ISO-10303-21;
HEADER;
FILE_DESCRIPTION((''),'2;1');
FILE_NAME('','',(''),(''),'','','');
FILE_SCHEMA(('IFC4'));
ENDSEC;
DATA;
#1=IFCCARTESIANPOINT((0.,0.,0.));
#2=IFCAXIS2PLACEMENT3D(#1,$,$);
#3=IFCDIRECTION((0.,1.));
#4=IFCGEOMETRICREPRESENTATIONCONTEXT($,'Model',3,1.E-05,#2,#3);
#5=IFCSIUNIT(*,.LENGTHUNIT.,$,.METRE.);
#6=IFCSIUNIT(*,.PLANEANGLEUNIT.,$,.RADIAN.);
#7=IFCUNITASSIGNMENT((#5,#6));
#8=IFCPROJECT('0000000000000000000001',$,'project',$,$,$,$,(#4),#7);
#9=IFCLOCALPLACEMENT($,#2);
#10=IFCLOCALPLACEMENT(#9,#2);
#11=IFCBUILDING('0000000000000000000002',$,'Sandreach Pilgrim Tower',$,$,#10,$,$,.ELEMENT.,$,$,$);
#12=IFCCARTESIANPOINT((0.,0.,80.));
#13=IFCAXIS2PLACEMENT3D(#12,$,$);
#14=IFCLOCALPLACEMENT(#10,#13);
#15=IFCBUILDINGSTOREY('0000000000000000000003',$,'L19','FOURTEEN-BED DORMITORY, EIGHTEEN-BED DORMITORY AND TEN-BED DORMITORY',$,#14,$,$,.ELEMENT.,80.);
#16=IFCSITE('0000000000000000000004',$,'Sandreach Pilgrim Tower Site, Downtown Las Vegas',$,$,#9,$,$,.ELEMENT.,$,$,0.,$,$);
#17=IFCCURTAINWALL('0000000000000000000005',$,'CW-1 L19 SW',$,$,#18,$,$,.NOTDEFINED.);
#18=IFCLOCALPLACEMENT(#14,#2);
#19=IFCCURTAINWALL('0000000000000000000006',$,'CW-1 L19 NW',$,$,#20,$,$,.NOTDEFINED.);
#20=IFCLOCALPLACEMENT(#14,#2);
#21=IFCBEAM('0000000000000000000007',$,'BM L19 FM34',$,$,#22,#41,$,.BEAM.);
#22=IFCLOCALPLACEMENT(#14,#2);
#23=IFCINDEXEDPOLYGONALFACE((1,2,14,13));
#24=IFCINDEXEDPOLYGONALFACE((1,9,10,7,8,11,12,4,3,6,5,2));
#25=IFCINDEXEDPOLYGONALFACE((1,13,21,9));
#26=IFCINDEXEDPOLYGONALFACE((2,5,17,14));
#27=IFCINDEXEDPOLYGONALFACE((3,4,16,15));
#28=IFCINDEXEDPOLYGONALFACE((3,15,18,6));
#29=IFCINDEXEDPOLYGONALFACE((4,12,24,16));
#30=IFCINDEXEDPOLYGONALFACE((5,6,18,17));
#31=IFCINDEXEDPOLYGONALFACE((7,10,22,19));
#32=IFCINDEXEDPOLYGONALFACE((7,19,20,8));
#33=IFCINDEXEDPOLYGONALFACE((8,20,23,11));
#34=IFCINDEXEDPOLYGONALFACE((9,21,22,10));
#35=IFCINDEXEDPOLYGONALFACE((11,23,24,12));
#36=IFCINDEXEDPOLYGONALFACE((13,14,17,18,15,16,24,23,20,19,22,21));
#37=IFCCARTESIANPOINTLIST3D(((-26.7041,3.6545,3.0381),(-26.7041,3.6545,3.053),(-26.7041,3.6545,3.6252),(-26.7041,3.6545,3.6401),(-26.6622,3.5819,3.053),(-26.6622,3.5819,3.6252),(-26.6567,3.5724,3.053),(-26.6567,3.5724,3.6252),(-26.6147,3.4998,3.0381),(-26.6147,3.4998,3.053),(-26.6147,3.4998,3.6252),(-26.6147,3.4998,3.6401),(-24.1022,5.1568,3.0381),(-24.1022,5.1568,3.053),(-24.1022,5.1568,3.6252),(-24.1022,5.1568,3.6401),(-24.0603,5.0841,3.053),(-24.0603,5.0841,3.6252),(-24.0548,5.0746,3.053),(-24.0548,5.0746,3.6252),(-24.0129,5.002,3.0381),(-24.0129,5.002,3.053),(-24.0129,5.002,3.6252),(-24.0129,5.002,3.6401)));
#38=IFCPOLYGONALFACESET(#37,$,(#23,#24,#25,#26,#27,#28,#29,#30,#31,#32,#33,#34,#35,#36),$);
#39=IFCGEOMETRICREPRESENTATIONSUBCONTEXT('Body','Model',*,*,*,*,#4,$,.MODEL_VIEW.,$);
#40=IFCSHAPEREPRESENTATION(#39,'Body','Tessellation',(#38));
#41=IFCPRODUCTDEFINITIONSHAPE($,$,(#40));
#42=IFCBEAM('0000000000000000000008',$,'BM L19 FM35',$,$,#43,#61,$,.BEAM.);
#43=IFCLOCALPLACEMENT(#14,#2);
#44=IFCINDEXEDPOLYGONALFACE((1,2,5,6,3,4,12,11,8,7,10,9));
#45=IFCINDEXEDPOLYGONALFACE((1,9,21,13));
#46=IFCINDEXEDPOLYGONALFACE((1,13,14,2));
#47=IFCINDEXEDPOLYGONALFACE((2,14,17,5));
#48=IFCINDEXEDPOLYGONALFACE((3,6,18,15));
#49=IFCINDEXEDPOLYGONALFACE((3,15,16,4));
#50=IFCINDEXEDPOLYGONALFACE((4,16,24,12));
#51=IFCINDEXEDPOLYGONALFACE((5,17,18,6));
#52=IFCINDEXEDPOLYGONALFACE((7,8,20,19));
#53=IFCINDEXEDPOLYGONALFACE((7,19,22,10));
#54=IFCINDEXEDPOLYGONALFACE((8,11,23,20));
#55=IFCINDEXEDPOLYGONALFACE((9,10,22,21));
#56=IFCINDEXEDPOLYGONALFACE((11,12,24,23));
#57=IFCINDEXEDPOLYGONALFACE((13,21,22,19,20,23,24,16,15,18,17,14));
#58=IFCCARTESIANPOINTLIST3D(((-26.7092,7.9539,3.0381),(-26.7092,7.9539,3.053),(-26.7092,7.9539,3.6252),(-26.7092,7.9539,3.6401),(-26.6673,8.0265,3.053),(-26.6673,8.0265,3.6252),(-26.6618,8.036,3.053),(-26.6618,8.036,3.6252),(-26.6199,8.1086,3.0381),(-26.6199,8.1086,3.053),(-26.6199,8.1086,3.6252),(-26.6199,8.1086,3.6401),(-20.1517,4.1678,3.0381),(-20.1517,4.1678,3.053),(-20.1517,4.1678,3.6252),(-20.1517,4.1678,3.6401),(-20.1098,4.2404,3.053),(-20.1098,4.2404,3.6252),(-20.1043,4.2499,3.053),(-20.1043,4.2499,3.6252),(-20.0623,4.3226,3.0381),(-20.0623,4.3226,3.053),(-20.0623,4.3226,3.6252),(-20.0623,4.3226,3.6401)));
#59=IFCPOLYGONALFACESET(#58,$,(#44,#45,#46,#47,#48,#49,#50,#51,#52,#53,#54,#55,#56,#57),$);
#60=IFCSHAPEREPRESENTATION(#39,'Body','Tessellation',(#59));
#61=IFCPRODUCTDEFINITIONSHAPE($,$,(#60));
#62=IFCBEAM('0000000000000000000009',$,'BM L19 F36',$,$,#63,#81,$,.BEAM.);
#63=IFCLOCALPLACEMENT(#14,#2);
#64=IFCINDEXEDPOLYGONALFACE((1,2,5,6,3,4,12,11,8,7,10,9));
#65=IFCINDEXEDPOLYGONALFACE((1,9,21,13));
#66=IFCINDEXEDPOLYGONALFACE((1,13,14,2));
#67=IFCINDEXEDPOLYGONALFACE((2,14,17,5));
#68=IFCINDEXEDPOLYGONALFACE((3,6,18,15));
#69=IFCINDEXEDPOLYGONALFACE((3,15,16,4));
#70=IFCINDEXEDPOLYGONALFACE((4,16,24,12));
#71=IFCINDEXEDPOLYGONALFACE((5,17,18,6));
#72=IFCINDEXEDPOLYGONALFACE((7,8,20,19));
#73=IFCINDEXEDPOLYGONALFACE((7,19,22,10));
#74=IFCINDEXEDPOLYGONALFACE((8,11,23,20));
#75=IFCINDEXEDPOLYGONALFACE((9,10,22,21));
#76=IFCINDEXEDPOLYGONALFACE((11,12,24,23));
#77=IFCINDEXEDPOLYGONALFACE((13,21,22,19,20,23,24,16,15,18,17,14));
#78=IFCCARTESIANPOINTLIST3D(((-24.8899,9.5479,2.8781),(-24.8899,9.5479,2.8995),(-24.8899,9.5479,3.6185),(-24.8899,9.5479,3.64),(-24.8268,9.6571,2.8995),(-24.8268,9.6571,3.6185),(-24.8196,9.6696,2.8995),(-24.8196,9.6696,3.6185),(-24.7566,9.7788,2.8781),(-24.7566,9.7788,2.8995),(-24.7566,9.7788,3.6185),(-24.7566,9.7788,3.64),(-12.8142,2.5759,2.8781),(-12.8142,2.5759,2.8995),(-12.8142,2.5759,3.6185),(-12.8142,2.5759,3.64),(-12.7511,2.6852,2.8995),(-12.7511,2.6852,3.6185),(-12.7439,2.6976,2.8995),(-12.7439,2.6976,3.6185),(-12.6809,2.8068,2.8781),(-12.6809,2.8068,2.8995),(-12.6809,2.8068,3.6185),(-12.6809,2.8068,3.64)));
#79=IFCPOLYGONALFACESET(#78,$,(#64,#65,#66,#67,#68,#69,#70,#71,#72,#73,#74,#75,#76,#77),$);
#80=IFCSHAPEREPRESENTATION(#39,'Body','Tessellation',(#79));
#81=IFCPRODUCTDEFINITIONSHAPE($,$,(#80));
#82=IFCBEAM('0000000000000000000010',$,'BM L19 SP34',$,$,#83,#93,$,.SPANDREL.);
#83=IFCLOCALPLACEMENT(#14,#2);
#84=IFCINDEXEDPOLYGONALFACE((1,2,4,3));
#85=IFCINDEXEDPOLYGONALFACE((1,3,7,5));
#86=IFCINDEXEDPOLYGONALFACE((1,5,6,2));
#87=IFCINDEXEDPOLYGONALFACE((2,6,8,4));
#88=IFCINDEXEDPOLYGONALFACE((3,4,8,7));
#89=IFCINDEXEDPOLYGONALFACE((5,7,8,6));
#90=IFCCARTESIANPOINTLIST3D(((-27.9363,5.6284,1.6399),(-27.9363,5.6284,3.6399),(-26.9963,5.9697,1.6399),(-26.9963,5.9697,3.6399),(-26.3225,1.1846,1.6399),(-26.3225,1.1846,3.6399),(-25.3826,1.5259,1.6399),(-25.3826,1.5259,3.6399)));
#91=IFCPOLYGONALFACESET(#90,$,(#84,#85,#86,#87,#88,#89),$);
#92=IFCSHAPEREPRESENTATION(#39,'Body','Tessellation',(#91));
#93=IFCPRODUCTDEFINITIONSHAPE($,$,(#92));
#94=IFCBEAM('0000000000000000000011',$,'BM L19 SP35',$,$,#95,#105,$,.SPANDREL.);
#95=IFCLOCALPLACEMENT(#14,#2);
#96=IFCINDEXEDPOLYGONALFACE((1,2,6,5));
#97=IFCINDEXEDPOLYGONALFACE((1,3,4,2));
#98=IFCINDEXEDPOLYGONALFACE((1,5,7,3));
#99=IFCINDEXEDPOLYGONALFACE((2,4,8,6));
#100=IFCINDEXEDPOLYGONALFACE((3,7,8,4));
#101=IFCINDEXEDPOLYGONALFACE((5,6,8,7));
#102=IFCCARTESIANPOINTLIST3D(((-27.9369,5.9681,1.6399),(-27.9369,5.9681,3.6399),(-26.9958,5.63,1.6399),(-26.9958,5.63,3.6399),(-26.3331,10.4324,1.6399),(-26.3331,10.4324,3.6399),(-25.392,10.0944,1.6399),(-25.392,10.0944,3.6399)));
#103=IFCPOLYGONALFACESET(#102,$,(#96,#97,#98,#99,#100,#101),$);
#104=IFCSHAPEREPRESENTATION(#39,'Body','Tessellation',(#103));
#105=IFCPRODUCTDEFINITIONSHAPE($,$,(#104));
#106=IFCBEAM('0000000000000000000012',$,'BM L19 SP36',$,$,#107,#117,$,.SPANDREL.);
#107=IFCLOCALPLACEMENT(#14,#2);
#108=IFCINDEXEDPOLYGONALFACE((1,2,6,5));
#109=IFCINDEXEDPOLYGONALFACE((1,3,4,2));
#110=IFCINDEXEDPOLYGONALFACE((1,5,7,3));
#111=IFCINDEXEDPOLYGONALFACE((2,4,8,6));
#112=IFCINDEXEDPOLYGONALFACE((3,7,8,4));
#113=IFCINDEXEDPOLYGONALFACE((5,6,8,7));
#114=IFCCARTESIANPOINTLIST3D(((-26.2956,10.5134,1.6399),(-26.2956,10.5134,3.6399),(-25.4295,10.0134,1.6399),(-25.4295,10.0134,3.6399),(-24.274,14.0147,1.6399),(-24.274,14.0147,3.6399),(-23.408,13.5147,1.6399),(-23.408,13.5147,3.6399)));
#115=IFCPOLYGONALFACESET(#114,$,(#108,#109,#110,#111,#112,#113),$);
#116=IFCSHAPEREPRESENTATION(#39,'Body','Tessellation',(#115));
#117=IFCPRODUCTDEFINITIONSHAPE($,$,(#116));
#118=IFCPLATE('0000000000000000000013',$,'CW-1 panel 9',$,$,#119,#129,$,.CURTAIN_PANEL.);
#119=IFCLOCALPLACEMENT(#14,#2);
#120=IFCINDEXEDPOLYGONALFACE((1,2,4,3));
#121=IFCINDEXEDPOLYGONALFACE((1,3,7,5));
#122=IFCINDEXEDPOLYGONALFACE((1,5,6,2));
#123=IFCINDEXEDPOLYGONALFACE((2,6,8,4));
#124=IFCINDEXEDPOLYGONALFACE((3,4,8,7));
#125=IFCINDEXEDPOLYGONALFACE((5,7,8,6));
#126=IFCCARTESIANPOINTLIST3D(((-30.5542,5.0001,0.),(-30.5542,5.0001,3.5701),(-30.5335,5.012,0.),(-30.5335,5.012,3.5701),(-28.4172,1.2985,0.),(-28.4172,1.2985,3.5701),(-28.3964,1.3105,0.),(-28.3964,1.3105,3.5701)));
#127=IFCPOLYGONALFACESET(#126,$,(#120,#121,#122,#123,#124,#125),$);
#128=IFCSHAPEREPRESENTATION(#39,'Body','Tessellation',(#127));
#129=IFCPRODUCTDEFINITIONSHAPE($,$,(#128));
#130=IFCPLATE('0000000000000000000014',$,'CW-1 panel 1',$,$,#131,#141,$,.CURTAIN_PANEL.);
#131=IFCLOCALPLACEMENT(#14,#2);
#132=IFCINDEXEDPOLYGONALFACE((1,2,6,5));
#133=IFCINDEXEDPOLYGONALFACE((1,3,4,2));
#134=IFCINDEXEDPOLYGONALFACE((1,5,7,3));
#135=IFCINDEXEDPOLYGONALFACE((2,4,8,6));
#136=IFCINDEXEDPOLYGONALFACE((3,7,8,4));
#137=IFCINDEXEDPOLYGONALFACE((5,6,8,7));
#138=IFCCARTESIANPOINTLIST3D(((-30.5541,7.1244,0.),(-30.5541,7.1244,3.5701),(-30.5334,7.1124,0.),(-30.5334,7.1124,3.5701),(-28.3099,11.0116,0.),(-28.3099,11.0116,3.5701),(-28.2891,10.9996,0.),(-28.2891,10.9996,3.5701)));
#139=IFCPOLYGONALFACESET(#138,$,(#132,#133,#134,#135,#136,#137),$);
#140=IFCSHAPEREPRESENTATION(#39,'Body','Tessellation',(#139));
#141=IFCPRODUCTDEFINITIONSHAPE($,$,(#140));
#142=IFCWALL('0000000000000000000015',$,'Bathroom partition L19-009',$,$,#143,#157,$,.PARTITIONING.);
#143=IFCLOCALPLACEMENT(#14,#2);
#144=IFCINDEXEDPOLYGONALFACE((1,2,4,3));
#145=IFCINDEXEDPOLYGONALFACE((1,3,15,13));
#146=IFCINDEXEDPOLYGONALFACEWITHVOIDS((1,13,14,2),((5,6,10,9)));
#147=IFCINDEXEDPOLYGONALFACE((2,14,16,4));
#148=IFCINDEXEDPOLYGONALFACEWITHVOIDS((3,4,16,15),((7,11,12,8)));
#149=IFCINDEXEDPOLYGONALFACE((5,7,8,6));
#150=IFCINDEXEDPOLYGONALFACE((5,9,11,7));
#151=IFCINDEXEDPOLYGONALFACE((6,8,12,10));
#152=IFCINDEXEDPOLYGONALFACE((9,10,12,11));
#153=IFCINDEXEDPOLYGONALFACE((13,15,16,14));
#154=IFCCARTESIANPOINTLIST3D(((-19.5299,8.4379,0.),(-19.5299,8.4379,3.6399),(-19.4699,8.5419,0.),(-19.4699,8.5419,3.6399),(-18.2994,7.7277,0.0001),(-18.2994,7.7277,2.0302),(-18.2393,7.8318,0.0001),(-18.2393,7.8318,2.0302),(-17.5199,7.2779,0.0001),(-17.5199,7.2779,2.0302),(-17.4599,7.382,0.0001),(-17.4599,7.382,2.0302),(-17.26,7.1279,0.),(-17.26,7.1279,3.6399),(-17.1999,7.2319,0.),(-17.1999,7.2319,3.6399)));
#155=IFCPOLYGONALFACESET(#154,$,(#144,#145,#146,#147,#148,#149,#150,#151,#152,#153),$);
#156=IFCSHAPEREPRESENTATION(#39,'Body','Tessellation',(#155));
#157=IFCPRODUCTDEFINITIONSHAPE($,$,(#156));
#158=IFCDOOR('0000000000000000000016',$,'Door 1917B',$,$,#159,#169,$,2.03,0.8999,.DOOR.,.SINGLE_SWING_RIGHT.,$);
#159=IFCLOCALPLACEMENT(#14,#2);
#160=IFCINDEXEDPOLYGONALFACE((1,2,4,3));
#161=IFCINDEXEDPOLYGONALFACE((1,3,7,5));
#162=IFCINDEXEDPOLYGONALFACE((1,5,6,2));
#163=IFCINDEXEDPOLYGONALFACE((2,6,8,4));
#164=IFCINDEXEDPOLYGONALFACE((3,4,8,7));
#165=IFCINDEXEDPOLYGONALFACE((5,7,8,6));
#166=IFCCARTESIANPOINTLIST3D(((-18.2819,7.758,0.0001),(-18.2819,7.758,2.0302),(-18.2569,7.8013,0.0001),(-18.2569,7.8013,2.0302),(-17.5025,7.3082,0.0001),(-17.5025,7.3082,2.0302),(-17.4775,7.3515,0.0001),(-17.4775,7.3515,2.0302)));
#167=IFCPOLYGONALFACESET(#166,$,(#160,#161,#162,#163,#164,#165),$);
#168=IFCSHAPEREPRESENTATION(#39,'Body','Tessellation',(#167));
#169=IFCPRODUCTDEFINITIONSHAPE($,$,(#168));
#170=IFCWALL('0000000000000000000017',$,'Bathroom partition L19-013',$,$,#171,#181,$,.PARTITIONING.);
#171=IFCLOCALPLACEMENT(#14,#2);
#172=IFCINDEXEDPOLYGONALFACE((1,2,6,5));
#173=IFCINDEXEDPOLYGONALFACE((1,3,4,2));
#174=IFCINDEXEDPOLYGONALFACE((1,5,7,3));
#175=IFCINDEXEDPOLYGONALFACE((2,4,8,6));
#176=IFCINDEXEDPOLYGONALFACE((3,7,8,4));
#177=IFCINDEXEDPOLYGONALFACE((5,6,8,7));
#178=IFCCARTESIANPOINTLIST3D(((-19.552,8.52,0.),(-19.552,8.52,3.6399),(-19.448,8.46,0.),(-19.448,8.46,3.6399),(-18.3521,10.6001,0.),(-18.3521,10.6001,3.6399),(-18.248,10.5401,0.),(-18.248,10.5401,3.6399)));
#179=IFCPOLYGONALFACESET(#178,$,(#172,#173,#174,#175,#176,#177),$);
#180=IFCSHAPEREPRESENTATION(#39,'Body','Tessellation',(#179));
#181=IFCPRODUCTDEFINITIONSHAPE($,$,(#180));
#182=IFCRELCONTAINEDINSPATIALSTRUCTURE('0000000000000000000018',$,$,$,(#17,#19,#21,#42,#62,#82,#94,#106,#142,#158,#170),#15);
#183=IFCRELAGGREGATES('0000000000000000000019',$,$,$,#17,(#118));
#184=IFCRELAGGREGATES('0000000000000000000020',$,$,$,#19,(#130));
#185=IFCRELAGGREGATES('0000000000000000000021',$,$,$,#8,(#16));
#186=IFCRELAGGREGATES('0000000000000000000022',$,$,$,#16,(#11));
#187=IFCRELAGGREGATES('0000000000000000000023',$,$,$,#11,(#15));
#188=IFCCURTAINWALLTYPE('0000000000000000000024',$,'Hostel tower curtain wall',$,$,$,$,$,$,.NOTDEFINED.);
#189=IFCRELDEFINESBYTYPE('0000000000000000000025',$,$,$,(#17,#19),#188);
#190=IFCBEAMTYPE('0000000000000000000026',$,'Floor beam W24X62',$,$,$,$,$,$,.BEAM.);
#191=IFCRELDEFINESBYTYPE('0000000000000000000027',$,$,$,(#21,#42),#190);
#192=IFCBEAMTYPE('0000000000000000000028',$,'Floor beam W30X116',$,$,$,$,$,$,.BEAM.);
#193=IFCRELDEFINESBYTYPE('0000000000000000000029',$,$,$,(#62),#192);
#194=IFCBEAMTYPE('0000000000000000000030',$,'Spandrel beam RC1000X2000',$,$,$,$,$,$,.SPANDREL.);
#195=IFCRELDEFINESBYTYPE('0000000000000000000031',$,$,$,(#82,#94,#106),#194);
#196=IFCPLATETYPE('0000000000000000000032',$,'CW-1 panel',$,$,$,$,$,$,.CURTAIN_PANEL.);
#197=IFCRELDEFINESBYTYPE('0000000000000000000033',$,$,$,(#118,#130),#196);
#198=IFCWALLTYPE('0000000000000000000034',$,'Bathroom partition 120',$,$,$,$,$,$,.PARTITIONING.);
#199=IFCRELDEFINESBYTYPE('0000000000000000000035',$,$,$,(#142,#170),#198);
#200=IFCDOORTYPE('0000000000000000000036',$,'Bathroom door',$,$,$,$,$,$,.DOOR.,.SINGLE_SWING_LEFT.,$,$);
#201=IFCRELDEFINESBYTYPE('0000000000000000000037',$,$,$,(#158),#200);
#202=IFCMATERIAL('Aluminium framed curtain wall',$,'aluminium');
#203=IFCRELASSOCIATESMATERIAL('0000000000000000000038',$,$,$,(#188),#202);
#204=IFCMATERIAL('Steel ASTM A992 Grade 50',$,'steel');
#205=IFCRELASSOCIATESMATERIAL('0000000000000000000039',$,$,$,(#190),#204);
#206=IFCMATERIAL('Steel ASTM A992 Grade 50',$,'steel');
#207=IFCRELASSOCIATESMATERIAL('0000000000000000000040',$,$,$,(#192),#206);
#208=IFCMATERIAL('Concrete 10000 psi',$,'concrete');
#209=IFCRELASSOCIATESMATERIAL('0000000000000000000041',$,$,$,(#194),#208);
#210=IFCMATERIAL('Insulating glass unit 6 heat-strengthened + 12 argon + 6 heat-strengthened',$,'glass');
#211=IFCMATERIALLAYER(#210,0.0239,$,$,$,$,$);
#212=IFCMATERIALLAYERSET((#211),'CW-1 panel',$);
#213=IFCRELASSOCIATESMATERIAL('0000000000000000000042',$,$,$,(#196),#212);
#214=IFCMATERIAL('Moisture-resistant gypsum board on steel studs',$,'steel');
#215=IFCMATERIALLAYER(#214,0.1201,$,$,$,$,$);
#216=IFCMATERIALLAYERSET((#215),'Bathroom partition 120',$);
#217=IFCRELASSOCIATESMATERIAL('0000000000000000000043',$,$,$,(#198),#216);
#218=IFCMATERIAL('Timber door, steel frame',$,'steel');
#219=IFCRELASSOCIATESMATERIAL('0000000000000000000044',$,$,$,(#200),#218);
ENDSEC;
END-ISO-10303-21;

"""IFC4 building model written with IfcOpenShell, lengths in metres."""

from ifc_helpers import new_model, si_unit, direction, frame, frame_2d, origin, origin_2d, place, context, subcontext, project, spatial, rectangle, i_section, extrude, material, layer, layer_set, material_profile, profile_set, type_object, element, fill, aggregate, save


model = new_model("IFC4")

# Units and contexts
model_context = context("Model", 3, precision=1e-05, world=origin(), true_north=direction((0.0, 1.0)))
body_context = subcontext(model_context, "Body", "Model", "MODEL_VIEW")
ifc_project = project(units=[si_unit("LENGTHUNIT", "METRE"), si_unit("PLANEANGLEUNIT", "RADIAN")], contexts=[model_context])

# Site, building, storey
site_placement = place(None, origin())
site = spatial("IfcSite", under=ifc_project, at=site_placement, Name="Sandreach Pilgrim Tower Site, Downtown Las Vegas", CompositionType="ELEMENT", RefElevation=0.0)
building_placement = place(site_placement, origin())
building = spatial("IfcBuilding", under=site, at=building_placement, Name="Sandreach Pilgrim Tower", CompositionType="ELEMENT")
storey_placement = place(building_placement, frame((0.0, 0.0, 80.0)))
storey = spatial("IfcBuildingStorey", under=building, at=storey_placement, Name="L19", Description="FOURTEEN-BED DORMITORY, EIGHTEEN-BED DORMITORY AND TEN-BED DORMITORY", CompositionType="ELEMENT", Elevation=80.0)

# Curtain walls
ifc_material_1 = material(Name="Aluminium framed curtain wall", Category="aluminium")
curtain_wall_type = type_object("IfcCurtainWallType", Name="Hostel tower curtain wall", PredefinedType="NOTDEFINED", material=ifc_material_1)
curtain_wall_1_placement = place(storey_placement, origin())
curtain_wall_1 = element("IfcCurtainWall", 1, at=curtain_wall_1_placement, inside=storey, type_object=curtain_wall_type, Name="CW-1 L19 SW", PredefinedType="NOTDEFINED")
curtain_wall_2_placement = place(storey_placement, origin())
curtain_wall_2 = element("IfcCurtainWall", 2, at=curtain_wall_2_placement, inside=storey, type_object=curtain_wall_type, Name="CW-1 L19 NW", PredefinedType="NOTDEFINED")

# Beams
ifc_material_2 = material(Name="Steel ASTM A992 Grade 50", Category="steel")
ifc_material_profile_1 = material_profile(ifc_material_2, i_section(OverallWidth=0.1787, OverallDepth=0.6021, WebThickness=0.011, FlangeThickness=0.0149, at=origin_2d()), Name="W24X62")
ifc_profile_set_1 = profile_set([ifc_material_profile_1], Name="Steel ASTM A992 Grade 50")
beam_type_1 = type_object("IfcBeamType", Name="Floor beam W24X62", PredefinedType="BEAM", material=ifc_profile_set_1)
beam_1_placement = place(storey_placement, frame((-26.6594, 3.5771, 3.3391), z_axis=(0.866019, 0.500011, 0.0), x_axis=(-0.500011, 0.866019, 0.0)))
element("IfcBeam", 3, at=beam_1_placement, inside=storey, type_object=beam_type_1, Name="BM L19 FM34", PredefinedType="BEAM", context=body_context, shape_type="SweptSolid", body=[
    extrude(i_section(OverallWidth=0.1787, OverallDepth=0.6021, WebThickness=0.011, FlangeThickness=0.0149, at=origin_2d()), origin(), (0.0, 0.0, 1.0), 3.0044),
])
beam_2_placement = place(storey_placement, frame((-26.6646, 8.0312, 3.3391), z_axis=(0.86602, -0.500009, 0.0), x_axis=(0.500009, 0.86602, 0.0)))
element("IfcBeam", 4, at=beam_2_placement, inside=storey, type_object=beam_type_1, Name="BM L19 FM35", PredefinedType="BEAM", context=body_context, shape_type="SweptSolid", body=[
    extrude(i_section(OverallWidth=0.1787, OverallDepth=0.6021, WebThickness=0.011, FlangeThickness=0.0149, at=origin_2d()), origin(), (0.0, 0.0, 1.0), 7.572),
])
ifc_material_3 = material(Name="Steel ASTM A992 Grade 50", Category="steel")
ifc_material_profile_2 = material_profile(ifc_material_3, i_section(OverallWidth=0.2666, OverallDepth=0.762, WebThickness=0.0144, FlangeThickness=0.0215, at=origin_2d()), Name="W30X116")
ifc_profile_set_2 = profile_set([ifc_material_profile_2], Name="Steel ASTM A992 Grade 50")
beam_type_2 = type_object("IfcBeamType", Name="Floor beam W30X116", PredefinedType="BEAM", material=ifc_profile_set_2)
beam_3_placement = place(storey_placement, frame((-24.8232, 9.6633, 3.259), z_axis=(0.866025, -0.500001, 0.0), x_axis=(0.500001, 0.866025, 0.0)))
element("IfcBeam", 5, at=beam_3_placement, inside=storey, type_object=beam_type_2, Name="BM L19 F36", PredefinedType="BEAM", context=body_context, shape_type="SweptSolid", body=[
    extrude(i_section(OverallWidth=0.2666, OverallDepth=0.762, WebThickness=0.0144, FlangeThickness=0.0215, at=origin_2d()), origin(), (0.0, 0.0, 1.0), 13.9438),
])
ifc_material_4 = material(Name="Concrete 10000 psi", Category="concrete")
ifc_material_profile_3 = material_profile(ifc_material_4, rectangle(XDim=1.0, YDim=2.0, at=origin_2d()), Name="RC1000X2000")
ifc_profile_set_3 = profile_set([ifc_material_profile_3], Name="Concrete 10000 psi")
beam_type_3 = type_object("IfcBeamType", Name="Spandrel beam RC1000X2000", PredefinedType="SPANDREL", material=ifc_profile_set_3)
beam_4_placement = place(storey_placement, frame((-25.8525, 1.3552, 2.6399), z_axis=(-0.341337, 0.939941, 0.0), x_axis=(-0.939941, -0.341337, 0.0)))
element("IfcBeam", 6, at=beam_4_placement, inside=storey, type_object=beam_type_3, Name="BM L19 SP34", PredefinedType="SPANDREL", context=body_context, shape_type="SweptSolid", body=[
    extrude(rectangle(XDim=1.0, YDim=2.0, at=origin_2d()), origin(), (0.0, 0.0, 1.0), 4.7278),
])
beam_5_placement = place(storey_placement, frame((-27.4663, 5.7991, 2.6399), z_axis=(0.338083, 0.941116, 0.0), x_axis=(-0.941116, 0.338083, 0.0)))
element("IfcBeam", 7, at=beam_5_placement, inside=storey, type_object=beam_type_3, Name="BM L19 SP35", PredefinedType="SPANDREL", context=body_context, shape_type="SweptSolid", body=[
    extrude(rectangle(XDim=1.0, YDim=2.0, at=origin_2d()), origin(), (0.0, 0.0, 1.0), 4.7437),
])
beam_6_placement = place(storey_placement, frame((-25.8625, 10.2634, 2.6399), z_axis=(0.50001, 0.86602, 0.0), x_axis=(-0.86602, 0.50001, 0.0)))
element("IfcBeam", 8, at=beam_6_placement, inside=storey, type_object=beam_type_3, Name="BM L19 SP36", PredefinedType="SPANDREL", context=body_context, shape_type="SweptSolid", body=[
    extrude(rectangle(XDim=1.0, YDim=2.0, at=origin_2d()), origin(), (0.0, 0.0, 1.0), 4.043),
])

# Plates
ifc_material_5 = material(Name="Insulating glass unit 6 heat-strengthened + 12 argon + 6 heat-strengthened", Category="glass")
ifc_layer_1 = layer(ifc_material_5, 0.0239)
ifc_layer_set_1 = layer_set([ifc_layer_1], Name="CW-1 panel")
plate_type = type_object("IfcPlateType", Name="CW-1 panel", PredefinedType="CURTAIN_PANEL", material=ifc_layer_set_1)
plate_1_placement = place(storey_placement, frame((-29.4753, 3.1553, 0.0), z_axis=(0.0, 0.0, 1.0), x_axis=(-0.5, 0.866025, 0.0)))
plate_1 = element("IfcPlate", 9, at=plate_1_placement, type_object=plate_type, Name="CW-1 panel 9", PredefinedType="CURTAIN_PANEL", context=body_context, shape_type="SweptSolid", body=[
    extrude(rectangle(XDim=4.2742, YDim=0.0239, at=origin_2d()), origin(), (0.0, 0.0, 1.0), 3.5701),
])
aggregate(curtain_wall_1, [plate_1])
plate_2_placement = place(storey_placement, frame((-29.4216, 9.062, 0.0), z_axis=(0.0, 0.0, 1.0), x_axis=(0.5, 0.866025, 0.0)))
plate_2 = element("IfcPlate", 10, at=plate_2_placement, type_object=plate_type, Name="CW-1 panel 1", PredefinedType="CURTAIN_PANEL", context=body_context, shape_type="SweptSolid", body=[
    extrude(rectangle(XDim=4.4885, YDim=0.0239, at=origin_2d()), origin(), (0.0, 0.0, 1.0), 3.5701),
])
aggregate(curtain_wall_2, [plate_2])

# Wall, opening, door
ifc_material_6 = material(Name="Moisture-resistant gypsum board on steel studs", Category="steel")
ifc_layer_2 = layer(ifc_material_6, 0.1201)
ifc_layer_set_2 = layer_set([ifc_layer_2], Name="Bathroom partition 120")
wall_type_1 = type_object("IfcWallType", Name="Bathroom partition 120", PredefinedType="PARTITIONING", material=ifc_layer_set_2)
wall_1_placement = place(storey_placement, frame((-19.5, 8.49, 0.0), z_axis=(0.0, 0.0, 1.0), x_axis=(0.866114, -0.499846, 0.0)))
wall_1 = element("IfcWall", 11, at=wall_1_placement, inside=storey, type_object=wall_type_1, Name="Bathroom partition L19-009", PredefinedType="PARTITIONING", context=body_context, shape_type="SweptSolid", body=[
    extrude(rectangle(XDim=2.6208, YDim=0.1201, at=frame_2d((1.3105, 0.0))), origin(), (0.0, 0.0, 1.0), 3.6399),
])
opening_1_placement = place(wall_1_placement, frame((1.4209, 0.0, 0.0)))
opening_1 = element("IfcOpeningElement", 12, at=opening_1_placement, cuts=wall_1, PredefinedType="OPENING", context=body_context, shape_type="SweptSolid", body=[
    extrude(rectangle(XDim=0.8999, YDim=2.03, at=frame_2d((0.45, 1.0151))), frame((0.0, 0.0601, 0.0), z_axis=(0.0, -1.0, 0.0), x_axis=(1.0, 0.0, 0.0)), (0.0, 0.0, 1.0), 0.1201),
])
ifc_material_7 = material(Name="Timber door, steel frame", Category="steel")
door_type_1 = type_object("IfcDoorType", Name="Bathroom door", OperationType="SINGLE_SWING_LEFT", PredefinedType="DOOR", material=ifc_material_7)
door_1_placement = place(opening_1_placement, origin())
door_1 = element("IfcDoor", 13, at=door_1_placement, inside=storey, type_object=door_type_1, Name="Door 1917B", OperationType="SINGLE_SWING_RIGHT", OverallHeight=2.03, OverallWidth=0.8999, PredefinedType="DOOR", context=body_context, shape_type="SweptSolid", body=[
    extrude(rectangle(XDim=0.8999, YDim=2.03, at=frame_2d((0.45, 1.0151))), frame((0.0, 0.0249, 0.0), z_axis=(0.0, -1.0, 0.0), x_axis=(1.0, 0.0, 0.0)), (0.0, 0.0, 1.0), 0.05),
])
fill(opening_1, door_1)

# Wall
wall_2_placement = place(storey_placement, frame((-18.3, 10.5701, 0.0), z_axis=(0.0, 0.0, 1.0), x_axis=(-0.499693, -0.866203, 0.0)))
element("IfcWall", 14, at=wall_2_placement, inside=storey, type_object=wall_type_1, Name="Bathroom partition L19-013", PredefinedType="PARTITIONING", context=body_context, shape_type="SweptSolid", body=[
    extrude(rectangle(XDim=2.4014, YDim=0.1201, at=frame_2d((1.2007, 0.0))), origin(), (0.0, 0.0, 1.0), 3.6399),
])

save(model, "model.ifc")
